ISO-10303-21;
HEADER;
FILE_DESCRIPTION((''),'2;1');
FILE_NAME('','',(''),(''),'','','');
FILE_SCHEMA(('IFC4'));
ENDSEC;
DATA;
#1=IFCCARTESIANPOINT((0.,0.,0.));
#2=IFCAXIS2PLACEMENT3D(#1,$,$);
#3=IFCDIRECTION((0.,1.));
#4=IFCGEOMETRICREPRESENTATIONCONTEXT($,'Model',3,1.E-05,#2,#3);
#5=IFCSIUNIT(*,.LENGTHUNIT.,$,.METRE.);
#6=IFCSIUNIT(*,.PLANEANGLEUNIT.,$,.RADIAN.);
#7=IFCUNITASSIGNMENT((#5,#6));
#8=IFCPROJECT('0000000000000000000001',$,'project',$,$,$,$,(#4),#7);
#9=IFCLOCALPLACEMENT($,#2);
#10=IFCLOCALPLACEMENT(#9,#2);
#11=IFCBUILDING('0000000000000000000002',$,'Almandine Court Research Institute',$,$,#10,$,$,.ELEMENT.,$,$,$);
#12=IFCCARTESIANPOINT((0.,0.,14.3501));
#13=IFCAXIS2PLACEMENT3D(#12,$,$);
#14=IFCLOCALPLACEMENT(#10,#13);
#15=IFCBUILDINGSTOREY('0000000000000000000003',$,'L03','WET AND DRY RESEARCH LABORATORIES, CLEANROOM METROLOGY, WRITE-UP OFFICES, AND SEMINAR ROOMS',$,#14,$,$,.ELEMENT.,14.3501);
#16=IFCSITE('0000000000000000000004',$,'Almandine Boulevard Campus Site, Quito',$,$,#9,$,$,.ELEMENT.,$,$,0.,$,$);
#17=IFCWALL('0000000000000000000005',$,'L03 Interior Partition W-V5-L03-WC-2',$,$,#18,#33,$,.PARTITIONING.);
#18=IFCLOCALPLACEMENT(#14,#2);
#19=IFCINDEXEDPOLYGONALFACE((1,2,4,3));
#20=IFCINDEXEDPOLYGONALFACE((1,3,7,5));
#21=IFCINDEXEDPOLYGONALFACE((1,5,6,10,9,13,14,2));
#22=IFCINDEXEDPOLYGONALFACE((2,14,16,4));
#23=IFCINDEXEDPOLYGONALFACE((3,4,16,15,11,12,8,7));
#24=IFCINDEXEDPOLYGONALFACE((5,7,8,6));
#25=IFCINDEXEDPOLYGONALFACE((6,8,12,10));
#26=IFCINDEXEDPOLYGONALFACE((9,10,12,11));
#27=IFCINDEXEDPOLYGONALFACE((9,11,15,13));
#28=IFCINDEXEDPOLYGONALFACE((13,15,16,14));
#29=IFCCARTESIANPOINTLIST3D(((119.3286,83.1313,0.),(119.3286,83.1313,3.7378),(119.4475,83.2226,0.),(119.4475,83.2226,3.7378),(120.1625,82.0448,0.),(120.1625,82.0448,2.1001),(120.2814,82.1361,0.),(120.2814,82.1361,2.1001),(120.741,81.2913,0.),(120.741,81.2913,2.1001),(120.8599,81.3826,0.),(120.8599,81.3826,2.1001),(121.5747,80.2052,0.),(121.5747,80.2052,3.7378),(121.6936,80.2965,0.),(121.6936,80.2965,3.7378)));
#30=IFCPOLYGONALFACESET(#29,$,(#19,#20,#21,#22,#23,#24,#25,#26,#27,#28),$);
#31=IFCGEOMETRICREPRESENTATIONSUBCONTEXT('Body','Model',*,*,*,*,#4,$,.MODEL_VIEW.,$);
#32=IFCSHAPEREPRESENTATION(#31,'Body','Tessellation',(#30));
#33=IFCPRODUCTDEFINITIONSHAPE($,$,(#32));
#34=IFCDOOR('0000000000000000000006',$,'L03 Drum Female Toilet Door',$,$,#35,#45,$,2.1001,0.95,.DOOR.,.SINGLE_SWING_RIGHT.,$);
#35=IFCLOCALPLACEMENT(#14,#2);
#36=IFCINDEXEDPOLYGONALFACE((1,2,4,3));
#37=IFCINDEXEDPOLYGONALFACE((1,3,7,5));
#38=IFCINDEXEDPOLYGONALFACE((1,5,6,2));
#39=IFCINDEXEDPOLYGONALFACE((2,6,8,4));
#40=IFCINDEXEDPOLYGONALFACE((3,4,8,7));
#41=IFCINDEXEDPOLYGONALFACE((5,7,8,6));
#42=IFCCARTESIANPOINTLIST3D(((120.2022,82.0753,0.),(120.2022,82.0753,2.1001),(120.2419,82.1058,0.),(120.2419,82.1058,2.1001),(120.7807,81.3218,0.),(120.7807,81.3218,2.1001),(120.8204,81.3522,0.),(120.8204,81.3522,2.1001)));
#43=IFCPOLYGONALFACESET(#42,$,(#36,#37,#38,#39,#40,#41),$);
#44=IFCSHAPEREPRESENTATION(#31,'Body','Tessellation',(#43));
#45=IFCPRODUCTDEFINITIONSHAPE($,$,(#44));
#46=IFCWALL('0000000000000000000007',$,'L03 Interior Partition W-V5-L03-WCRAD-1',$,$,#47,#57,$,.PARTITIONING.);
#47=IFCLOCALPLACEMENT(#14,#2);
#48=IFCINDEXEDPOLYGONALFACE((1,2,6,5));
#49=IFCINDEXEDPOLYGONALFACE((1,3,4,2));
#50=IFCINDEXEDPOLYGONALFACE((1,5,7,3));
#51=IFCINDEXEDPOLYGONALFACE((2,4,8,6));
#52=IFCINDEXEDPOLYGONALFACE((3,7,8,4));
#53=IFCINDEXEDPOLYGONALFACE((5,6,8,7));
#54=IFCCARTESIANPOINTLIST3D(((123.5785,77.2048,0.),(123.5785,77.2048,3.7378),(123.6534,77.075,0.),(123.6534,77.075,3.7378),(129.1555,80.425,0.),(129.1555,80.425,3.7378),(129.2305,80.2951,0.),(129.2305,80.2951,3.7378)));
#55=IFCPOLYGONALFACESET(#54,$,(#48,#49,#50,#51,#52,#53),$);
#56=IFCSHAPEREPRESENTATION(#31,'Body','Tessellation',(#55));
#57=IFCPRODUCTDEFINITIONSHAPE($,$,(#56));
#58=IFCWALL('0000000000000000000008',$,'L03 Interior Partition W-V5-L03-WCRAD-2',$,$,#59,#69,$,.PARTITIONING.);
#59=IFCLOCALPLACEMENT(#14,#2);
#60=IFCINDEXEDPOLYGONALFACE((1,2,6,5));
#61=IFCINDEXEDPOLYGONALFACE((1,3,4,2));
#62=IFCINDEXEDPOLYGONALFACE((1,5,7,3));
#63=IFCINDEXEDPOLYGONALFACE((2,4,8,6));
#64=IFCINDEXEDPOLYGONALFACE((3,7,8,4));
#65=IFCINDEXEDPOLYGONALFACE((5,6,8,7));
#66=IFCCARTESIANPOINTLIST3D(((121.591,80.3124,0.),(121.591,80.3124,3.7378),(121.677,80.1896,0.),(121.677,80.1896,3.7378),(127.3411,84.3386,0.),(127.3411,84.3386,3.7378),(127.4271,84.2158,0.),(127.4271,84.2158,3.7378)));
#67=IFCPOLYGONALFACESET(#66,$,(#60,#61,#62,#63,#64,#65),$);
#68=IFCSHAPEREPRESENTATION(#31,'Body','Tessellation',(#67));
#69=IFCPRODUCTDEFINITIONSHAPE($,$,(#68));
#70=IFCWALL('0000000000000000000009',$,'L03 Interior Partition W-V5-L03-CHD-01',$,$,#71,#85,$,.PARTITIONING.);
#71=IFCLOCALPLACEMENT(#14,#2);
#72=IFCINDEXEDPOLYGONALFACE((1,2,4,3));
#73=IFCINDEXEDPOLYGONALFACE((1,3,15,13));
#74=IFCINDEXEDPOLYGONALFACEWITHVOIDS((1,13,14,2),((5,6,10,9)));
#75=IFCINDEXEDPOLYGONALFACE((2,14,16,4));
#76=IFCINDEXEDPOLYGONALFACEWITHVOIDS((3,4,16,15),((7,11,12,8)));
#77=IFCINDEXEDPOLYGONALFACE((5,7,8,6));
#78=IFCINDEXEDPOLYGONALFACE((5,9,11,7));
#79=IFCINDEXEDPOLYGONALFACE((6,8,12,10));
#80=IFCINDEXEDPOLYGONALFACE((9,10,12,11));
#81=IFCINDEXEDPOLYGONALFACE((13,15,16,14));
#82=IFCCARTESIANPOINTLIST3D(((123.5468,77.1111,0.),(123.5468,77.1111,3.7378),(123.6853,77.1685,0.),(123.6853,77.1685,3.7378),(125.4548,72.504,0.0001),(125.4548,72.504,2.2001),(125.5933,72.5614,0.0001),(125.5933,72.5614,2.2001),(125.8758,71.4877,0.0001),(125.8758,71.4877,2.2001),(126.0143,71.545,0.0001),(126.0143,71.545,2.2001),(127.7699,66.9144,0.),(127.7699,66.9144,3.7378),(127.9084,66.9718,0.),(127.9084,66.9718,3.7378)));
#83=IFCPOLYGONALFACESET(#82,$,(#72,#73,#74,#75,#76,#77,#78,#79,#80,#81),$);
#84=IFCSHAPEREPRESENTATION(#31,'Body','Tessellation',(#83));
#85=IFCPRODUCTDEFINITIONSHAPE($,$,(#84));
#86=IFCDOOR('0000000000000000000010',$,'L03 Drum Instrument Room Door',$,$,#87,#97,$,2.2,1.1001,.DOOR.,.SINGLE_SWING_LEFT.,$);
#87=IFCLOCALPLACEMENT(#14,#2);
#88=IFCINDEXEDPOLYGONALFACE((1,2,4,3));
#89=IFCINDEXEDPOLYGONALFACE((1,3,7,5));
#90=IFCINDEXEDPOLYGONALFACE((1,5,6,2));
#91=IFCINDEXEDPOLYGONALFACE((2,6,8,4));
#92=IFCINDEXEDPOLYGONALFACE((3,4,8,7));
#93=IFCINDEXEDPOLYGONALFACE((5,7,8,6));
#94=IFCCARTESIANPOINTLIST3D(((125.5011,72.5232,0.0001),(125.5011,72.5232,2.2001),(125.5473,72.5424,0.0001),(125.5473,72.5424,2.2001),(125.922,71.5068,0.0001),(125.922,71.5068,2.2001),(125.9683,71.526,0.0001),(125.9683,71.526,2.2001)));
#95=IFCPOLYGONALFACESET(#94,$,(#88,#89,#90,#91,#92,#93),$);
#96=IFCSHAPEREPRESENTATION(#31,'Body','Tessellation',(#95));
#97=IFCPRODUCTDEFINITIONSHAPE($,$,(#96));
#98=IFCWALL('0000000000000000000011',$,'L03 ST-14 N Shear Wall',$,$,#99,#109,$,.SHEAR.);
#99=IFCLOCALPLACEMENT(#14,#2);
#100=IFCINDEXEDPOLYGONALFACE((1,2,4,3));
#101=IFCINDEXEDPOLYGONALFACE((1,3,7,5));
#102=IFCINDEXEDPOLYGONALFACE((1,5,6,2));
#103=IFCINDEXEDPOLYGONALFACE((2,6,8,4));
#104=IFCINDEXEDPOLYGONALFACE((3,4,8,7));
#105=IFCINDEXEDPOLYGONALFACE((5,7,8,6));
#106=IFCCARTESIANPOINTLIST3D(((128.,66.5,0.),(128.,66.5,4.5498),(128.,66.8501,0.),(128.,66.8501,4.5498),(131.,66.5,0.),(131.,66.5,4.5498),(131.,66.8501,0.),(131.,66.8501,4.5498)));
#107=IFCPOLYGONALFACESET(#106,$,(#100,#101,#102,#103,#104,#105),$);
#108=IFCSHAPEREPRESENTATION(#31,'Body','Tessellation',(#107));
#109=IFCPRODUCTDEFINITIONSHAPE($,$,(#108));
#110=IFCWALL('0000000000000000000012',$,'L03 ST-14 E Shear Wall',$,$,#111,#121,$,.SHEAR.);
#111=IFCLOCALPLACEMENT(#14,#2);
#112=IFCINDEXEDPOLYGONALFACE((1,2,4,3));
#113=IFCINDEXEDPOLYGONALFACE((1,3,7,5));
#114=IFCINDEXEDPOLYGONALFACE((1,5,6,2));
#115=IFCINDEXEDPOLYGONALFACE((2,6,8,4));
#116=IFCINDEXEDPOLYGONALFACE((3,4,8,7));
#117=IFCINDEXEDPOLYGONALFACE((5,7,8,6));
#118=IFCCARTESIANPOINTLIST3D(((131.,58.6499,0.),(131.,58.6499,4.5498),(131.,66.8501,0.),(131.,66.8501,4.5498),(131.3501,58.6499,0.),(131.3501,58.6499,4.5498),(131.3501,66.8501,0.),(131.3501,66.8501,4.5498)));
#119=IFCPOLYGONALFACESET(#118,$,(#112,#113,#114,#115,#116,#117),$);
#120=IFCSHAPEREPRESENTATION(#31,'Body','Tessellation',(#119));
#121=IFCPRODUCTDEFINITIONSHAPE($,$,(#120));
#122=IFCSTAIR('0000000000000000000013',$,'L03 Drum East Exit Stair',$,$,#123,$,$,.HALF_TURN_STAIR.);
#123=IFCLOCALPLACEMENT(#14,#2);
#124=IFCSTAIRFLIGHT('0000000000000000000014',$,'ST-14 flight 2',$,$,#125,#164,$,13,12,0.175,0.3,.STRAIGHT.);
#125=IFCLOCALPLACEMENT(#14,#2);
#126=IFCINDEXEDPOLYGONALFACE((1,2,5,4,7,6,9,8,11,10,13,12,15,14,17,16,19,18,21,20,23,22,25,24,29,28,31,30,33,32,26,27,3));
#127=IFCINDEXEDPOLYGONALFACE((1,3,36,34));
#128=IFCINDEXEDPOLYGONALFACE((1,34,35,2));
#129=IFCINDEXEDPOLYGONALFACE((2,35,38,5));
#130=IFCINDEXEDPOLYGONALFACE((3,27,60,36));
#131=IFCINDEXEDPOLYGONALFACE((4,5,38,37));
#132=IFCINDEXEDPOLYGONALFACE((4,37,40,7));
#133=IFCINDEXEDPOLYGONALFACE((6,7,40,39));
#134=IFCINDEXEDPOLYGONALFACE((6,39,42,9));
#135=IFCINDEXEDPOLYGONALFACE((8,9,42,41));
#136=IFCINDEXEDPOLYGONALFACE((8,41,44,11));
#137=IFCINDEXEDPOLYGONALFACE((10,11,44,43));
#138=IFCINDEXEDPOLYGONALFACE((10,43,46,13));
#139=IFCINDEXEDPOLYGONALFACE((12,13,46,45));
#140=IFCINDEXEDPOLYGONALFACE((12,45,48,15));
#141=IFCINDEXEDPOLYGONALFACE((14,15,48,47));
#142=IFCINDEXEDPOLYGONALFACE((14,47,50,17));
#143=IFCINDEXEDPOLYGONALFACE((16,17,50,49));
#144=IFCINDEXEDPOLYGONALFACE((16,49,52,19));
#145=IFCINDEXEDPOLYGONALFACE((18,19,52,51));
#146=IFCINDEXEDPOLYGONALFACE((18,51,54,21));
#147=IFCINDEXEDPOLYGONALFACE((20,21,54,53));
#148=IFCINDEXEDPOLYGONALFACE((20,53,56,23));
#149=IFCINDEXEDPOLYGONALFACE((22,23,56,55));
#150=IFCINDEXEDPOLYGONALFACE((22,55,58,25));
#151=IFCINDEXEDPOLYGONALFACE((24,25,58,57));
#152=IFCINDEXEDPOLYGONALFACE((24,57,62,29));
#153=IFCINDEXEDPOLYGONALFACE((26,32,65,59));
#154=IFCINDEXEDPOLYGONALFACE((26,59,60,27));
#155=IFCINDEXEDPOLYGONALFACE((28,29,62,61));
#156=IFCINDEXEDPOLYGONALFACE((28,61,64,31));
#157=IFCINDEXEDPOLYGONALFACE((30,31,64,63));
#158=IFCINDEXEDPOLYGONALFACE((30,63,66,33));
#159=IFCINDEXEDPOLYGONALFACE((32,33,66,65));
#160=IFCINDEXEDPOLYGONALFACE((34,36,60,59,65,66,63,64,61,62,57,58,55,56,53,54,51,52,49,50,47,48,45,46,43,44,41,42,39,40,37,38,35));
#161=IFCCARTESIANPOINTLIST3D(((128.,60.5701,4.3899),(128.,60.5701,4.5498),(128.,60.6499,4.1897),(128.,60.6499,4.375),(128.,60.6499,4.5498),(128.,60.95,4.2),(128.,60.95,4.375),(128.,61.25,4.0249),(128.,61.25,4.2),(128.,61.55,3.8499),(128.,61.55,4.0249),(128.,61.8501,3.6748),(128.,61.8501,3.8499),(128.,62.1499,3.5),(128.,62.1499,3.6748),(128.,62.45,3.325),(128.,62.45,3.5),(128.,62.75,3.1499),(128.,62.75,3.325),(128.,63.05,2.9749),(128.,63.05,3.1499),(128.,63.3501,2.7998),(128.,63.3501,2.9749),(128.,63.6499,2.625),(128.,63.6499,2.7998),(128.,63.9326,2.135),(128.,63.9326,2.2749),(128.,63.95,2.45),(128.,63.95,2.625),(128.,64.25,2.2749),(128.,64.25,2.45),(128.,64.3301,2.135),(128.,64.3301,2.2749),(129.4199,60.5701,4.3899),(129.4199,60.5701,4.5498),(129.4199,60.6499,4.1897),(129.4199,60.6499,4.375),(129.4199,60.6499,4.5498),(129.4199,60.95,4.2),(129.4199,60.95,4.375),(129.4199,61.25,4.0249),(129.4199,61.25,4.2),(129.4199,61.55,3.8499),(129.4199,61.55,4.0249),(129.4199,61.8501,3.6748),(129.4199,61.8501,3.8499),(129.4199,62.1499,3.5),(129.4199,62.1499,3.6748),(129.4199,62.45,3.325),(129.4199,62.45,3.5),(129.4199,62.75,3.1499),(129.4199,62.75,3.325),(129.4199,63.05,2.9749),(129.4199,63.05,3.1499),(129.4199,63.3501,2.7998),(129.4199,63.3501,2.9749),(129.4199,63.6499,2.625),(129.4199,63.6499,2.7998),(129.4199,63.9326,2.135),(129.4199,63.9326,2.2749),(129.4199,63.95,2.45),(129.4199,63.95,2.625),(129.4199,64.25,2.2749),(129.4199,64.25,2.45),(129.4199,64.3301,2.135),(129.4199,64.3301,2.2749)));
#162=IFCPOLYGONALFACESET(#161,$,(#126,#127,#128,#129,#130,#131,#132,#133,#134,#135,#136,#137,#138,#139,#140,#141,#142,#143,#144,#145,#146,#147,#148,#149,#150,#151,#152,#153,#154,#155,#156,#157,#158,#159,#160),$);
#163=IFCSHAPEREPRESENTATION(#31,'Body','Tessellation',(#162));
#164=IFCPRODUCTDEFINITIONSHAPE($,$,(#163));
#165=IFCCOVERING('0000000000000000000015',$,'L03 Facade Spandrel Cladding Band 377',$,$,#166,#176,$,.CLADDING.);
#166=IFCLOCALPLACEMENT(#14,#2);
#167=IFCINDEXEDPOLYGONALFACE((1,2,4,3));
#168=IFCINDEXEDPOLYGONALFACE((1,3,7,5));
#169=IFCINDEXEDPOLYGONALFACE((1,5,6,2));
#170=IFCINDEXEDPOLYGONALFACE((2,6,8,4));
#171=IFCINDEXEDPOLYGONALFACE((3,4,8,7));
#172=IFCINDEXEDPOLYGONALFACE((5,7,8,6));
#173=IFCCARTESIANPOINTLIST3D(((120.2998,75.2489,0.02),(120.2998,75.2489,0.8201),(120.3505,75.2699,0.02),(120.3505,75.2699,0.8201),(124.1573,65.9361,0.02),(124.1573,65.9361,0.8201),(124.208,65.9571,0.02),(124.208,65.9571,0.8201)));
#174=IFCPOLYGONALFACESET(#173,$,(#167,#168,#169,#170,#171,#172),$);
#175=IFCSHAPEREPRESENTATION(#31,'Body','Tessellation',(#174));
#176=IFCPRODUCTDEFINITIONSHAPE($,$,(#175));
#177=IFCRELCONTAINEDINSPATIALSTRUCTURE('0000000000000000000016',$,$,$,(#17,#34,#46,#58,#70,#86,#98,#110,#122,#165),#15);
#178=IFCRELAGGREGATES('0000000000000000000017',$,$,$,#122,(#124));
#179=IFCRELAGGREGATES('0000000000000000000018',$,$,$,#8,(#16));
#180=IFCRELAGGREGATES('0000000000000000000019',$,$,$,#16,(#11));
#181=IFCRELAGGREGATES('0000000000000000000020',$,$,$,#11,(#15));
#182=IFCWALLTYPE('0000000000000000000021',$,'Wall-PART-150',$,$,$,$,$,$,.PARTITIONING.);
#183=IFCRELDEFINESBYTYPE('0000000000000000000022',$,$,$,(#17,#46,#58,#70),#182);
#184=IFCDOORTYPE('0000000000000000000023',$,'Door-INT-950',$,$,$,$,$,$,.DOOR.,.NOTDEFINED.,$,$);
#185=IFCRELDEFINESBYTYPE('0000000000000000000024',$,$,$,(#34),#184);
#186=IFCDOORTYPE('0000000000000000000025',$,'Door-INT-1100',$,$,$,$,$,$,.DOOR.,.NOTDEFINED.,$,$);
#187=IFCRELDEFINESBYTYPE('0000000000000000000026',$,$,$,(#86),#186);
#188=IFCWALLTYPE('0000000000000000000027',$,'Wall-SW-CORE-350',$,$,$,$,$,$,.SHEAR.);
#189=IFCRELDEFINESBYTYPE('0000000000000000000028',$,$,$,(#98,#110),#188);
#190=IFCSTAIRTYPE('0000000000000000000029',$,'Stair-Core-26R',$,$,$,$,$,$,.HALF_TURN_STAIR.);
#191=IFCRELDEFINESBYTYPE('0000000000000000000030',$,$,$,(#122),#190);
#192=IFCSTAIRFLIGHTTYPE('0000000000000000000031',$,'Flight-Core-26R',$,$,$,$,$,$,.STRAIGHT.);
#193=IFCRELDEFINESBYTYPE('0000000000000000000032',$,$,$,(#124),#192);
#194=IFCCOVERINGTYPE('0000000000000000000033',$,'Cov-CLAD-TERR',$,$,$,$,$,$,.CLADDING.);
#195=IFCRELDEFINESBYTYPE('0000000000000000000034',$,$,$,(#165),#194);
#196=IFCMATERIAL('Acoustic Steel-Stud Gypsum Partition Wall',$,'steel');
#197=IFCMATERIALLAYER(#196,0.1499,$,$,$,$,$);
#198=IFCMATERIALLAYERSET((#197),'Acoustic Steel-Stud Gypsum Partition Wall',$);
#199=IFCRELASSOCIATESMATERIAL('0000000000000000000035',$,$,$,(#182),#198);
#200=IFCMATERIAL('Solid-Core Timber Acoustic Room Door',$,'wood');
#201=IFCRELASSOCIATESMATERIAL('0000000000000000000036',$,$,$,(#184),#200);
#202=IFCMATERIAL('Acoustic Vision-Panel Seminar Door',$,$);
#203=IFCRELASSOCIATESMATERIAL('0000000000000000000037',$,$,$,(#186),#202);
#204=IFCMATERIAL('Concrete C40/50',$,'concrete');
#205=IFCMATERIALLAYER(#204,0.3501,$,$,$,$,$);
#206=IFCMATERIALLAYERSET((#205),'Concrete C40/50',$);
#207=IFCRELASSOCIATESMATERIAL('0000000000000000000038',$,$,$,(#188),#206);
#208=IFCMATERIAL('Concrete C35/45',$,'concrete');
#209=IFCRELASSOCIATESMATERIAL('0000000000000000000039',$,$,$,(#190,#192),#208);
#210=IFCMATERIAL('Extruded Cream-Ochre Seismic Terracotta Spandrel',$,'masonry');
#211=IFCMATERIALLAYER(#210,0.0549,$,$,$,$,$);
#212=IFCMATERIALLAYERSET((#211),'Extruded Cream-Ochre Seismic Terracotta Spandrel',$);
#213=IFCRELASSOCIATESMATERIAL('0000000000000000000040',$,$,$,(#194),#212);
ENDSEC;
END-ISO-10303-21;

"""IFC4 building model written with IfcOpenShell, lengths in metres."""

from ifc_helpers import new_model, si_unit, direction, frame, frame_2d, origin, origin_2d, place, context, subcontext, project, spatial, polyline, rectangle, outline, extrude, material, layer, layer_set, type_object, element, fill, aggregate, save


model = new_model("IFC4")

# Units and contexts
model_context = context("Model", 3, precision=1e-05, world=origin(), true_north=direction((0.0, 1.0)))
body_context = subcontext(model_context, "Body", "Model", "MODEL_VIEW")
ifc_project = project(units=[si_unit("LENGTHUNIT", "METRE"), si_unit("PLANEANGLEUNIT", "RADIAN")], contexts=[model_context])

# Site, building, storey
site_placement = place(None, origin())
site = spatial("IfcSite", under=ifc_project, at=site_placement, Name="Almandine Boulevard Campus Site, Quito", CompositionType="ELEMENT", RefElevation=0.0)
building_placement = place(site_placement, origin())
building = spatial("IfcBuilding", under=site, at=building_placement, Name="Almandine Court Research Institute", CompositionType="ELEMENT")
storey_placement = place(building_placement, frame((0.0, 0.0, 14.3501)))
storey = spatial("IfcBuildingStorey", under=building, at=storey_placement, Name="L03", Description="WET AND DRY RESEARCH LABORATORIES, CLEANROOM METROLOGY, WRITE-UP OFFICES, AND SEMINAR ROOMS", CompositionType="ELEMENT", Elevation=14.3501)

# Wall, opening, door
ifc_material_1 = material(Name="Acoustic Steel-Stud Gypsum Partition Wall", Category="steel")
ifc_layer_1 = layer(ifc_material_1, 0.1499)
ifc_layer_set_1 = layer_set([ifc_layer_1], Name="Acoustic Steel-Stud Gypsum Partition Wall")
wall_type_1 = type_object("IfcWallType", Name="Wall-PART-150", PredefinedType="PARTITIONING", material=ifc_layer_set_1)
ifc_material_2 = material(Name="Solid-Core Timber Acoustic Room Door", Category="wood")
door_type_1 = type_object("IfcDoorType", Name="Door-INT-950", OperationType="NOTDEFINED", PredefinedType="DOOR", material=ifc_material_2)
wall_1_placement = place(storey_placement, frame((121.634, 80.251, 0.0), z_axis=(0.0, 0.0, 1.0), x_axis=(-0.608911, 0.793239, 0.0)))
wall_1 = element("IfcWall", 1, at=wall_1_placement, inside=storey, type_object=wall_type_1, Name="L03 Interior Partition W-V5-L03-WC-2", PredefinedType="PARTITIONING", context=body_context, shape_type="SweptSolid", body=[
    extrude(rectangle(XDim=3.6887, YDim=0.1499, at=frame_2d((1.8442, 0.0))), origin(), (0.0, 0.0, 1.0), 3.7378),
])
opening_1_placement = place(wall_1_placement, frame((1.3689, 0.0, 0.0)))
opening_1 = element("IfcOpeningElement", 2, at=opening_1_placement, cuts=wall_1, PredefinedType="OPENING", context=body_context, shape_type="SweptSolid", body=[
    extrude(rectangle(XDim=0.95, YDim=2.1001, at=frame_2d((0.4751, 1.05))), frame((0.0, 0.085, 0.0), z_axis=(0.0, -1.0, 0.0), x_axis=(1.0, 0.0, 0.0)), (0.0, 0.0, 1.0), 0.1699),
])
door_1_placement = place(opening_1_placement, origin())
door_1 = element("IfcDoor", 3, at=door_1_placement, inside=storey, type_object=door_type_1, Name="L03 Drum Female Toilet Door", OperationType="SINGLE_SWING_RIGHT", OverallHeight=2.1001, OverallWidth=0.95, PredefinedType="DOOR", context=body_context, shape_type="SweptSolid", body=[
    extrude(rectangle(XDim=0.95, YDim=2.1001, at=frame_2d((0.4751, 1.05))), frame((0.0, 0.0249, 0.0), z_axis=(0.0, -1.0, 0.0), x_axis=(1.0, 0.0, 0.0)), (0.0, 0.0, 1.0), 0.05),
])
fill(opening_1, door_1)

# Walls
wall_2_placement = place(storey_placement, frame((123.616, 77.1399, 0.0), z_axis=(0.0, 0.0, 1.0), x_axis=(0.866009, 0.500029, 0.0)))
element("IfcWall", 4, at=wall_2_placement, inside=storey, type_object=wall_type_1, Name="L03 Interior Partition W-V5-L03-WCRAD-1", PredefinedType="PARTITIONING", context=body_context, shape_type="SweptSolid", body=[
    extrude(rectangle(XDim=6.4399, YDim=0.1499, at=frame_2d((3.22, 0.0))), origin(), (0.0, 0.0, 1.0), 3.7378),
])
wall_3_placement = place(storey_placement, frame((121.634, 80.251, 0.0), z_axis=(0.0, 0.0, 1.0), x_axis=(0.819157, 0.57357, 0.0)))
element("IfcWall", 5, at=wall_3_placement, inside=storey, type_object=wall_type_1, Name="L03 Interior Partition W-V5-L03-WCRAD-2", PredefinedType="PARTITIONING", context=body_context, shape_type="SweptSolid", body=[
    extrude(rectangle(XDim=7.0195, YDim=0.1499, at=frame_2d((3.5098, 0.0))), origin(), (0.0, 0.0, 1.0), 3.7378),
])

# Wall, opening, door
wall_4_placement = place(storey_placement, frame((127.8391, 66.9431, 0.0), z_axis=(0.0, 0.0, 1.0), x_axis=(-0.382645, 0.923896, 0.0)))
wall_4 = element("IfcWall", 6, at=wall_4_placement, inside=storey, type_object=wall_type_1, Name="L03 Interior Partition W-V5-L03-CHD-01", PredefinedType="PARTITIONING", context=body_context, shape_type="SweptSolid", body=[
    extrude(rectangle(XDim=11.0366, YDim=0.1499, at=frame_2d((5.5183, 0.0))), origin(), (0.0, 0.0, 1.0), 3.7378),
])
opening_2_placement = place(wall_4_placement, frame((4.95, 0.0, 0.0)))
opening_2 = element("IfcOpeningElement", 7, at=opening_2_placement, cuts=wall_4, PredefinedType="OPENING", context=body_context, shape_type="SweptSolid", body=[
    extrude(rectangle(XDim=1.1001, YDim=2.2, at=frame_2d((0.55, 1.1001))), frame((0.0, 0.085, 0.0), z_axis=(0.0, -1.0, 0.0), x_axis=(1.0, 0.0, 0.0)), (0.0, 0.0, 1.0), 0.1699),
])
ifc_material_3 = material(Name="Acoustic Vision-Panel Seminar Door")
door_type_2 = type_object("IfcDoorType", Name="Door-INT-1100", OperationType="NOTDEFINED", PredefinedType="DOOR", material=ifc_material_3)
door_2_placement = place(opening_2_placement, origin())
door_2 = element("IfcDoor", 8, at=door_2_placement, inside=storey, type_object=door_type_2, Name="L03 Drum Instrument Room Door", OperationType="SINGLE_SWING_LEFT", OverallHeight=2.2, OverallWidth=1.1001, PredefinedType="DOOR", context=body_context, shape_type="SweptSolid", body=[
    extrude(rectangle(XDim=1.1001, YDim=2.2, at=frame_2d((0.55, 1.1001))), frame((0.0, 0.0249, 0.0), z_axis=(0.0, -1.0, 0.0), x_axis=(1.0, 0.0, 0.0)), (0.0, 0.0, 1.0), 0.05),
])
fill(opening_2, door_2)

# Walls
ifc_material_4 = material(Name="Concrete C40/50", Category="concrete")
ifc_layer_2 = layer(ifc_material_4, 0.3501)
ifc_layer_set_2 = layer_set([ifc_layer_2], Name="Concrete C40/50")
wall_type_2 = type_object("IfcWallType", Name="Wall-SW-CORE-350", PredefinedType="SHEAR", material=ifc_layer_set_2)
wall_5_placement = place(storey_placement, frame((128.0, 66.675, 0.0), z_axis=(0.0, 0.0, 1.0), x_axis=(1.0, 0.0, 0.0)))
element("IfcWall", 9, at=wall_5_placement, inside=storey, type_object=wall_type_2, Name="L03 ST-14 N Shear Wall", PredefinedType="SHEAR", context=body_context, shape_type="SweptSolid", body=[
    extrude(rectangle(XDim=3.0, YDim=0.3501, at=frame_2d((1.5, 0.0))), origin(), (0.0, 0.0, 1.0), 4.5498),
])
wall_6_placement = place(storey_placement, frame((131.175, 66.8501, 0.0), z_axis=(0.0, 0.0, 1.0), x_axis=(0.0, -1.0, 0.0)))
element("IfcWall", 10, at=wall_6_placement, inside=storey, type_object=wall_type_2, Name="L03 ST-14 E Shear Wall", PredefinedType="SHEAR", context=body_context, shape_type="SweptSolid", body=[
    extrude(rectangle(XDim=8.2002, YDim=0.3501, at=frame_2d((4.1001, 0.0))), origin(), (0.0, 0.0, 1.0), 4.5498),
])

# Stair, stair flight
ifc_material_5 = material(Name="Concrete C35/45", Category="concrete")
stair_type = type_object("IfcStairType", Name="Stair-Core-26R", PredefinedType="HALF_TURN_STAIR", material=ifc_material_5)
stair_placement = place(storey_placement, origin())
stair = element("IfcStair", 11, at=stair_placement, inside=storey, type_object=stair_type, Name="L03 Drum East Exit Stair", PredefinedType="HALF_TURN_STAIR")
stair_flight_type = type_object("IfcStairFlightType", Name="Flight-Core-26R", PredefinedType="STRAIGHT", material=ifc_material_5)
stair_flight_placement = place(storey_placement, frame((128.71, 64.25, 2.2749), z_axis=(0.0, 0.0, 1.0), x_axis=(0.0, -1.0, 0.0)))
stair_flight = element("IfcStairFlight", 12, at=stair_flight_placement, type_object=stair_flight_type, Name="ST-14 flight 2", NumberOfRisers=13, NumberOfTreads=12, PredefinedType="STRAIGHT", RiserHeight=0.175, TreadLength=0.3, context=body_context, shape_type="SweptSolid", body=[
    extrude(outline(polyline([(-0.0801, -0.1399), (-0.0801, 0.0), (0.0, 0.0), (0.0, 0.175), (0.3, 0.175), (0.3, 0.3501), (0.6001, 0.3501), (0.6001, 0.5249), (0.8999, 0.5249), (0.8999, 0.7), (1.2, 0.7), (1.2, 0.875), (1.5, 0.875), (1.5, 1.05), (1.8, 1.05), (1.8, 1.2251), (2.1001, 1.2251), (2.1001, 1.3999), (2.3999, 1.3999), (2.3999, 1.575), (2.7, 1.575), (2.7, 1.75), (3.0, 1.75), (3.0, 1.925), (3.3, 1.925), (3.3, 2.1001), (3.6001, 2.1001), (3.6001, 2.2749), (3.6799, 2.2749), (3.6799, 2.115), (3.6001, 1.9148), (0.3174, 0.0), (0.3174, -0.1399), (-0.0801, -0.1399)])), frame((0.0, 0.71, 0.0), z_axis=(0.0, -1.0, 0.0), x_axis=(1.0, 0.0, 0.0)), (0.0, 0.0, 1.0), 1.4199),
])
aggregate(stair, [stair_flight])

# Covering
ifc_material_6 = material(Name="Extruded Cream-Ochre Seismic Terracotta Spandrel", Category="masonry")
ifc_layer_3 = layer(ifc_material_6, 0.0549)
ifc_layer_set_3 = layer_set([ifc_layer_3], Name="Extruded Cream-Ochre Seismic Terracotta Spandrel")
covering_type = type_object("IfcCoveringType", Name="Cov-CLAD-TERR", PredefinedType="CLADDING", material=ifc_layer_set_3)
covering_1_placement = place(storey_placement, frame((122.2539, 70.603, 0.02), z_axis=(0.0, 0.0, 1.0), x_axis=(-0.382683, 0.92388, 0.0)))
element("IfcCovering", 13, at=covering_1_placement, inside=storey, type_object=covering_type, Name="L03 Facade Spandrel Cladding Band 377", PredefinedType="CLADDING", context=body_context, shape_type="SweptSolid", body=[
    extrude(rectangle(XDim=10.0801, YDim=0.0549, at=origin_2d()), origin(), (0.0, 0.0, 1.0), 0.8),
])

save(model, "model.ifc")
